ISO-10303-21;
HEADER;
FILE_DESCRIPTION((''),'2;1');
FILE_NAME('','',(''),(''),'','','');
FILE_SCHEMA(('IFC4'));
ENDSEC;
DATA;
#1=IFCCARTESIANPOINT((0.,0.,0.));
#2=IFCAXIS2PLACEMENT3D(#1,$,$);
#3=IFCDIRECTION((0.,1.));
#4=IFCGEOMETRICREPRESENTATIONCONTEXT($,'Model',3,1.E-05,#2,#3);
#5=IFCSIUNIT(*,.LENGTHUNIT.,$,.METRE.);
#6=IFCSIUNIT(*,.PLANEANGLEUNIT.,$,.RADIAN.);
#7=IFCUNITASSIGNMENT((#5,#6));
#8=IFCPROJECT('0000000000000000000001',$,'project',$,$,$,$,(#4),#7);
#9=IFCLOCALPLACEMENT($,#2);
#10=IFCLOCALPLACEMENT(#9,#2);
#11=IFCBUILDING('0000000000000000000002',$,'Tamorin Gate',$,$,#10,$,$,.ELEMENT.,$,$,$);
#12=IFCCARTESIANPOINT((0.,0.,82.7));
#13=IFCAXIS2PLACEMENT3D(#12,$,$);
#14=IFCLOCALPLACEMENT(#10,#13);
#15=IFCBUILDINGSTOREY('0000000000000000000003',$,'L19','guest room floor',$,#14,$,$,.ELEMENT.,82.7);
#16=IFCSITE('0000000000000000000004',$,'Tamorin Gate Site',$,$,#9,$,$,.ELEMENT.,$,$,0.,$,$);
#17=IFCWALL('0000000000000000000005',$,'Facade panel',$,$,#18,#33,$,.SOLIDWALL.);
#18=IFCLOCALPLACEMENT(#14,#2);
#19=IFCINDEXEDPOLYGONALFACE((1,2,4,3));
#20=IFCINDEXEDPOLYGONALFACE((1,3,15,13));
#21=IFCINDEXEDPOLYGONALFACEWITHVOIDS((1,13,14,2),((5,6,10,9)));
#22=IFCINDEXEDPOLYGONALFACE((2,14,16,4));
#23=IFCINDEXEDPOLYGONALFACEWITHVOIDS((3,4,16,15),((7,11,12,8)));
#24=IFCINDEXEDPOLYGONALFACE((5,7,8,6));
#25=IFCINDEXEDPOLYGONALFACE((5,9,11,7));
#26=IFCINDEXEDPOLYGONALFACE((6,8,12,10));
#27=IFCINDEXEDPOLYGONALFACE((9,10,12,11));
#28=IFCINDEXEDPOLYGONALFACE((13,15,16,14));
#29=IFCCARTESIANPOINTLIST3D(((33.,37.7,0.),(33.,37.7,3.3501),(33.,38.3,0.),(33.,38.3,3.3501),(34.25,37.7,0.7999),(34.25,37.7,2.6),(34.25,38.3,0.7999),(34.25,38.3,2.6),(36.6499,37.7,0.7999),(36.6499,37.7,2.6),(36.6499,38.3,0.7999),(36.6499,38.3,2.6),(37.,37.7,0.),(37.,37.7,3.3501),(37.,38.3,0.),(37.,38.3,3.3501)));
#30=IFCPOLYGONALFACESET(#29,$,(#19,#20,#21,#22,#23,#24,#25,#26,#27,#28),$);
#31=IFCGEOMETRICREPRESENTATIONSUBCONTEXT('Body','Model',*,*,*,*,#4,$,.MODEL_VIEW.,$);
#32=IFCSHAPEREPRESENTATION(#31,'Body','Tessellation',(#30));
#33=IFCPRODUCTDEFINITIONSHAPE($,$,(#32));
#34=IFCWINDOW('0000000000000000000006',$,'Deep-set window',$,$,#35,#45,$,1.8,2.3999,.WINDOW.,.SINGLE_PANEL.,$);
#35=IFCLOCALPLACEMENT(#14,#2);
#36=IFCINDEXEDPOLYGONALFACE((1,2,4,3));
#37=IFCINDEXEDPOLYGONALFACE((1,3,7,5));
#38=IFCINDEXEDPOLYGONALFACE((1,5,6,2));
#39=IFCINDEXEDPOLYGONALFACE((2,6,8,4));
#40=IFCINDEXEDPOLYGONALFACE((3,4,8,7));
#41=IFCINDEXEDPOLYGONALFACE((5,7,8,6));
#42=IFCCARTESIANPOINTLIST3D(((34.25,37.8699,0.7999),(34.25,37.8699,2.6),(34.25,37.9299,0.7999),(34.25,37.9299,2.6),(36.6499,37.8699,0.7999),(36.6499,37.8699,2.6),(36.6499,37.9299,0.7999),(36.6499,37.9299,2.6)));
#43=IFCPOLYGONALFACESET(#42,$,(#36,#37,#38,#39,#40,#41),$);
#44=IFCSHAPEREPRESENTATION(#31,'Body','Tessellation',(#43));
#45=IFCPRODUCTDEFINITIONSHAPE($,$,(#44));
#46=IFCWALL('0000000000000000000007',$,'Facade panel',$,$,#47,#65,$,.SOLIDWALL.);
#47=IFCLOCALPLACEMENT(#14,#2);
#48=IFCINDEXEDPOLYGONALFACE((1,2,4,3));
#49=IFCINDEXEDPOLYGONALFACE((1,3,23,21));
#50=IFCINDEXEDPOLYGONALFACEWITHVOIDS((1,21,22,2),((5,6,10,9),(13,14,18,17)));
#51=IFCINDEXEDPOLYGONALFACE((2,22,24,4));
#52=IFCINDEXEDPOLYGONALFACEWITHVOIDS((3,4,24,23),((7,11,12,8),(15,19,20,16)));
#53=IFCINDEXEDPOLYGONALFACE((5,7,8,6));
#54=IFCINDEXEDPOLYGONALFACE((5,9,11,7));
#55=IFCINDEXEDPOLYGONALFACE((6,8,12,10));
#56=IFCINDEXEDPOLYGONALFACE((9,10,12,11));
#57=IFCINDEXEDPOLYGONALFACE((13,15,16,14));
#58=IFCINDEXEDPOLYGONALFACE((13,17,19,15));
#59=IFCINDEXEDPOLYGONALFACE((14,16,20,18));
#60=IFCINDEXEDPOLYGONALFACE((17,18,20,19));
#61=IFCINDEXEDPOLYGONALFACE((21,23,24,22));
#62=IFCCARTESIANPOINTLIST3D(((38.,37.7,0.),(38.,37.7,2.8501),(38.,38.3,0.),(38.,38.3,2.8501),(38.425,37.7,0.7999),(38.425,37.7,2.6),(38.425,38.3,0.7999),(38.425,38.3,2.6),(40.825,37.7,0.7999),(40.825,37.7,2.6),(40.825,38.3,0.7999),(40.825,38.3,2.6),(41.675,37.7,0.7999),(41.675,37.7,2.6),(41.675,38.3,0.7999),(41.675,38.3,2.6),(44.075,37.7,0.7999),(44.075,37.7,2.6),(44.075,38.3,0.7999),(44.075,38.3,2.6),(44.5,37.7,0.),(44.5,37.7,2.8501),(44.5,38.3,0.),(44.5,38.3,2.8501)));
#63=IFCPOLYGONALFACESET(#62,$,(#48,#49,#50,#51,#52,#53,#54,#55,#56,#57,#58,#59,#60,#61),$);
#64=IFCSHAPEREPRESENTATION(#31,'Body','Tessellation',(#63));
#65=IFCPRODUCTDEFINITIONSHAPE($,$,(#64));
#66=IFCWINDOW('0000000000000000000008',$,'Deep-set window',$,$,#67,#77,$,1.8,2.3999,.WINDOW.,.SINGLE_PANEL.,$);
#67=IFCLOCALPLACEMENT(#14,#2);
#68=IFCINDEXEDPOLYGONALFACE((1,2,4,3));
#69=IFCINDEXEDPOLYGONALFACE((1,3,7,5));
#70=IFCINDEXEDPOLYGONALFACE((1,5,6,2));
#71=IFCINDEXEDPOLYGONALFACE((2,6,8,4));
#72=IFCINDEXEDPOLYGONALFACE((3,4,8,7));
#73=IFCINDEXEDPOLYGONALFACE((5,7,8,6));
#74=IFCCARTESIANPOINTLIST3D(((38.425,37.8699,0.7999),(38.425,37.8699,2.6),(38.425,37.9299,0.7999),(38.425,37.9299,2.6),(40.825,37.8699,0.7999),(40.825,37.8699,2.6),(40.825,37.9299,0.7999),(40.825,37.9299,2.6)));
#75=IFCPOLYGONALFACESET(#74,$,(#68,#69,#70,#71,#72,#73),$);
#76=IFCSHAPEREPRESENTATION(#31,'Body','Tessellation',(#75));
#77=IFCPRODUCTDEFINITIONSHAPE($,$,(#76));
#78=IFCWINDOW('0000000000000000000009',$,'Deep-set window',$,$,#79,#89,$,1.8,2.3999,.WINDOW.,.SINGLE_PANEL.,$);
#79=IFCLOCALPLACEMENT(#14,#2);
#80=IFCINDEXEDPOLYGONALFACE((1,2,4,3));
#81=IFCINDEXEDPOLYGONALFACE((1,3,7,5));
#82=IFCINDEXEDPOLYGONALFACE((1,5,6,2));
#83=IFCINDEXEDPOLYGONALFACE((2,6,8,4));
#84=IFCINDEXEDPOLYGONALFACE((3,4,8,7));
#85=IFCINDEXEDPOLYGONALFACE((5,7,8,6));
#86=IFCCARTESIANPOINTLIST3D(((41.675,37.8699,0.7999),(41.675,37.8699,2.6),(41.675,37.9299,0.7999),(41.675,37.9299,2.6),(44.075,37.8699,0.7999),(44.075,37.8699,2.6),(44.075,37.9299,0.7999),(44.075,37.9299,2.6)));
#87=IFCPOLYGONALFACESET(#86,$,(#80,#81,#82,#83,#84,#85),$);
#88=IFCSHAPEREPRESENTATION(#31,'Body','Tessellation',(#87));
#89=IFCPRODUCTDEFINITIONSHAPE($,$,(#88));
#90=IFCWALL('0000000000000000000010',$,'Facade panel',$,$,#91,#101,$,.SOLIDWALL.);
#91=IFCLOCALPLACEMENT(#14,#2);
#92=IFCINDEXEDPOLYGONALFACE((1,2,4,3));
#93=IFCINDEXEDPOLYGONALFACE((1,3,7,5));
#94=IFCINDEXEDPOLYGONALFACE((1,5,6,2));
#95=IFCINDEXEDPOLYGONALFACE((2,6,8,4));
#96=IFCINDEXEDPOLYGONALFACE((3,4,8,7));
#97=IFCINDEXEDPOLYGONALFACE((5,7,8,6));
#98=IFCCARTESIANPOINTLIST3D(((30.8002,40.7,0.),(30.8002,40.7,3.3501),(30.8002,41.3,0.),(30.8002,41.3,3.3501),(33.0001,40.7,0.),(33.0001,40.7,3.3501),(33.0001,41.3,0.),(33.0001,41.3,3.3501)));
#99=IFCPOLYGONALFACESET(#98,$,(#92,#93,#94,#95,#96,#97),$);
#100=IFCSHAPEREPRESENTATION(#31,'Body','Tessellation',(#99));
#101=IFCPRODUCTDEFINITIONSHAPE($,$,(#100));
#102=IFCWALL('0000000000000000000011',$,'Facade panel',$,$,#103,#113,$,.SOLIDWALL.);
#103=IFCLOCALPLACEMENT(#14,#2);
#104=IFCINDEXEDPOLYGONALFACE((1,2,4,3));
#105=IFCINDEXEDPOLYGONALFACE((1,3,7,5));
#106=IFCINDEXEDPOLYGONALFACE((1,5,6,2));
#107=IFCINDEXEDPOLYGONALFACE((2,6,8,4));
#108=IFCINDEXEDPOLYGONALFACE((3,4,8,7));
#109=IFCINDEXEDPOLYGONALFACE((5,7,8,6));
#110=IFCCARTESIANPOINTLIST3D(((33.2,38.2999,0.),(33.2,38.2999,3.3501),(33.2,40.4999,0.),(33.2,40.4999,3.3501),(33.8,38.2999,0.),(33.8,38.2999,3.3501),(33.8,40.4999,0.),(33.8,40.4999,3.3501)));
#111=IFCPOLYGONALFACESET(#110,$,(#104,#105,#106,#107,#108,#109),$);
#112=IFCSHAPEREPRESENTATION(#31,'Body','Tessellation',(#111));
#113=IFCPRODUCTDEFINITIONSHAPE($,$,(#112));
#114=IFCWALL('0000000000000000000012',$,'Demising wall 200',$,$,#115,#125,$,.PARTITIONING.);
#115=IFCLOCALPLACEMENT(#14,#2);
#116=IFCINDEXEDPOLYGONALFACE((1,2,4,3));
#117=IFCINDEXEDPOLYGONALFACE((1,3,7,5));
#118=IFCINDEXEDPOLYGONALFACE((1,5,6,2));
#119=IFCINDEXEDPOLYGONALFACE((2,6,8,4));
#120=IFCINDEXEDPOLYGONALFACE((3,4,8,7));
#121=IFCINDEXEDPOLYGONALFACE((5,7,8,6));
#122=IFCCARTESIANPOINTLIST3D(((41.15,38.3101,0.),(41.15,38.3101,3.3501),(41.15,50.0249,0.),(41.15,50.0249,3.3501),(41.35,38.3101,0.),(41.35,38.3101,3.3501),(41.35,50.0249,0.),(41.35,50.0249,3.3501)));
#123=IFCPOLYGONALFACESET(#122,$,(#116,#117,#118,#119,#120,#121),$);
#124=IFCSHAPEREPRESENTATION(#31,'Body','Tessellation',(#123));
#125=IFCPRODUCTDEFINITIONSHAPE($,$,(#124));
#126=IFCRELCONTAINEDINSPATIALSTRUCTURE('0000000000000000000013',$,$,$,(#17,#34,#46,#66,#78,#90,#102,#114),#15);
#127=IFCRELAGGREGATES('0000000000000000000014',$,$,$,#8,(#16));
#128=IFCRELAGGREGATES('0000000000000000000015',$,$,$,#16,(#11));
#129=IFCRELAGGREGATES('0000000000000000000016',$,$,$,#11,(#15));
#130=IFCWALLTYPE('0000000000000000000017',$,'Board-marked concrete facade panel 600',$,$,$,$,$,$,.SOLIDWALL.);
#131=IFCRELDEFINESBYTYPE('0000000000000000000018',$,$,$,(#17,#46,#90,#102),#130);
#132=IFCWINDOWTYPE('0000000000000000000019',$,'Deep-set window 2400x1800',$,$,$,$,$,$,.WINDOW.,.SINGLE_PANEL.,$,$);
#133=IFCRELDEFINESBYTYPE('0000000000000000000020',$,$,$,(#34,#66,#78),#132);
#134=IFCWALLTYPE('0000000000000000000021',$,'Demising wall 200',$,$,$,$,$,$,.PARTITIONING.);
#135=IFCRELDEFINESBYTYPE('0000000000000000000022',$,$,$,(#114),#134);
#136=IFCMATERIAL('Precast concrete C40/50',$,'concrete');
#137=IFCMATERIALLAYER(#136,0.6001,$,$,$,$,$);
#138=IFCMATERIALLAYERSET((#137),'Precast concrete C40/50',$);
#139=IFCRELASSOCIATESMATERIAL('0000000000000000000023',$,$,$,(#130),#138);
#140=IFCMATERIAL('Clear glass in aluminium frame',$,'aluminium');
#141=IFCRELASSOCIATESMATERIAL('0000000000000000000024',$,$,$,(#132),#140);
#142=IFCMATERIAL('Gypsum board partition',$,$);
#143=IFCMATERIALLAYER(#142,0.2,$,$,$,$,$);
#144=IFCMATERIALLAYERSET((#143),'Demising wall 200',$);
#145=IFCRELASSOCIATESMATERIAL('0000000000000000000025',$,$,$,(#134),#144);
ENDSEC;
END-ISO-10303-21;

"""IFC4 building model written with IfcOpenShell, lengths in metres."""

from ifc_helpers import new_model, si_unit, direction, frame, frame_2d, origin, place, context, subcontext, project, spatial, rectangle, extrude, material, layer, layer_set, type_object, element, fill, save


model = new_model("IFC4")

# Units and contexts
model_context = context("Model", 3, precision=1e-05, world=origin(), true_north=direction((0.0, 1.0)))
body_context = subcontext(model_context, "Body", "Model", "MODEL_VIEW")
ifc_project = project(units=[si_unit("LENGTHUNIT", "METRE"), si_unit("PLANEANGLEUNIT", "RADIAN")], contexts=[model_context])

# Site, building, storey
site_placement = place(None, origin())
site = spatial("IfcSite", under=ifc_project, at=site_placement, Name="Tamorin Gate Site", CompositionType="ELEMENT", RefElevation=0.0)
building_placement = place(site_placement, origin())
building = spatial("IfcBuilding", under=site, at=building_placement, Name="Tamorin Gate", CompositionType="ELEMENT")
storey_placement = place(building_placement, frame((0.0, 0.0, 82.7)))
storey = spatial("IfcBuildingStorey", under=building, at=storey_placement, Name="L19", Description="guest room floor", CompositionType="ELEMENT", Elevation=82.7)

# Wall, opening, window
ifc_material_1 = material(Name="Precast concrete C40/50", Category="concrete")
ifc_layer_1 = layer(ifc_material_1, 0.6001)
ifc_layer_set_1 = layer_set([ifc_layer_1], Name="Precast concrete C40/50")
wall_type_1 = type_object("IfcWallType", Name="Board-marked concrete facade panel 600", PredefinedType="SOLIDWALL", material=ifc_layer_set_1)
wall_1_placement = place(storey_placement, frame((33.0, 38.0, 0.0), z_axis=(0.0, 0.0, 1.0), x_axis=(1.0, 0.0, 0.0)))
wall_1 = element("IfcWall", 1, at=wall_1_placement, inside=storey, type_object=wall_type_1, Name="Facade panel", PredefinedType="SOLIDWALL", context=body_context, shape_type="SweptSolid", body=[
    extrude(rectangle(XDim=4.0, YDim=0.6001, at=frame_2d((2.0, 0.0))), origin(), (0.0, 0.0, 1.0), 3.3501),
])
opening_1_placement = place(wall_1_placement, frame((1.25, 0.0, 0.8)))
opening_1 = element("IfcOpeningElement", 2, at=opening_1_placement, cuts=wall_1, PredefinedType="OPENING", context=body_context, shape_type="SweptSolid", body=[
    extrude(rectangle(XDim=2.3999, YDim=1.8, at=frame_2d((1.2, 0.8999))), frame((0.0, 0.3101, 0.0), z_axis=(0.0, -1.0, 0.0), x_axis=(1.0, 0.0, 0.0)), (0.0, 0.0, 1.0), 0.6201),
])
ifc_material_2 = material(Name="Clear glass in aluminium frame", Category="aluminium")
window_type = type_object("IfcWindowType", Name="Deep-set window 2400x1800", PartitioningType="SINGLE_PANEL", PredefinedType="WINDOW", material=ifc_material_2)
window_1_placement = place(opening_1_placement, origin())
window_1 = element("IfcWindow", 3, at=window_1_placement, inside=storey, type_object=window_type, Name="Deep-set window", OverallHeight=1.8, OverallWidth=2.3999, PartitioningType="SINGLE_PANEL", PredefinedType="WINDOW", context=body_context, shape_type="SweptSolid", body=[
    extrude(rectangle(XDim=2.3999, YDim=1.8, at=frame_2d((1.2, 0.8999))), frame((0.0, -0.0701, 0.0), z_axis=(0.0, -1.0, 0.0), x_axis=(1.0, 0.0, 0.0)), (0.0, 0.0, 1.0), 0.0601),
])
fill(opening_1, window_1)

# Wall, openings, windows
wall_2_placement = place(storey_placement, frame((38.0, 38.0, 0.0), z_axis=(0.0, 0.0, 1.0), x_axis=(1.0, 0.0, 0.0)))
wall_2 = element("IfcWall", 4, at=wall_2_placement, inside=storey, type_object=wall_type_1, Name="Facade panel", PredefinedType="SOLIDWALL", context=body_context, shape_type="SweptSolid", body=[
    extrude(rectangle(XDim=6.5, YDim=0.6001, at=frame_2d((3.25, 0.0))), origin(), (0.0, 0.0, 1.0), 2.8501),
])
opening_2_placement = place(wall_2_placement, frame((0.425, 0.0, 0.8)))
opening_2 = element("IfcOpeningElement", 5, at=opening_2_placement, cuts=wall_2, PredefinedType="OPENING", context=body_context, shape_type="SweptSolid", body=[
    extrude(rectangle(XDim=2.3999, YDim=1.8, at=frame_2d((1.2, 0.8999))), frame((0.0, 0.3101, 0.0), z_axis=(0.0, -1.0, 0.0), x_axis=(1.0, 0.0, 0.0)), (0.0, 0.0, 1.0), 0.6201),
])
opening_3_placement = place(wall_2_placement, frame((3.675, 0.0, 0.8)))
opening_3 = element("IfcOpeningElement", 6, at=opening_3_placement, cuts=wall_2, PredefinedType="OPENING", context=body_context, shape_type="SweptSolid", body=[
    extrude(rectangle(XDim=2.3999, YDim=1.8, at=frame_2d((1.2, 0.8999))), frame((0.0, 0.3101, 0.0), z_axis=(0.0, -1.0, 0.0), x_axis=(1.0, 0.0, 0.0)), (0.0, 0.0, 1.0), 0.6201),
])
window_2_placement = place(opening_2_placement, origin())
window_2 = element("IfcWindow", 7, at=window_2_placement, inside=storey, type_object=window_type, Name="Deep-set window", OverallHeight=1.8, OverallWidth=2.3999, PartitioningType="SINGLE_PANEL", PredefinedType="WINDOW", context=body_context, shape_type="SweptSolid", body=[
    extrude(rectangle(XDim=2.3999, YDim=1.8, at=frame_2d((1.2, 0.8999))), frame((0.0, -0.0701, 0.0), z_axis=(0.0, -1.0, 0.0), x_axis=(1.0, 0.0, 0.0)), (0.0, 0.0, 1.0), 0.0601),
])
fill(opening_2, window_2)
window_3_placement = place(opening_3_placement, origin())
window_3 = element("IfcWindow", 8, at=window_3_placement, inside=storey, type_object=window_type, Name="Deep-set window", OverallHeight=1.8, OverallWidth=2.3999, PartitioningType="SINGLE_PANEL", PredefinedType="WINDOW", context=body_context, shape_type="SweptSolid", body=[
    extrude(rectangle(XDim=2.3999, YDim=1.8, at=frame_2d((1.2, 0.8999))), frame((0.0, -0.0701, 0.0), z_axis=(0.0, -1.0, 0.0), x_axis=(1.0, 0.0, 0.0)), (0.0, 0.0, 1.0), 0.0601),
])
fill(opening_3, window_3)

# Walls
for number, where, z_axis, x_axis, name in (
    (9, (30.8, 41.0, 0.0), (0.0, 0.0, 1.0), (1.0, 0.0, 0.0), "Facade panel"),
    (10, (33.5, 40.5, 0.0), (0.0, 0.0, 1.0), (0.0, -1.0, 0.0), "Facade panel"),
):
    element("IfcWall", number, at=place(storey_placement, frame(where, z_axis=z_axis, x_axis=x_axis)), inside=storey, type_object=wall_type_1, Name=name, PredefinedType="SOLIDWALL", context=body_context, shape_type="SweptSolid", body=[
        extrude(rectangle(XDim=2.2, YDim=0.6001, at=frame_2d((1.1001, 0.0))), origin(), (0.0, 0.0, 1.0), 3.3501),
    ])
ifc_material_3 = material(Name="Gypsum board partition")
ifc_layer_2 = layer(ifc_material_3, 0.2)
ifc_layer_set_2 = layer_set([ifc_layer_2], Name="Demising wall 200")
wall_type_2 = type_object("IfcWallType", Name="Demising wall 200", PredefinedType="PARTITIONING", material=ifc_layer_set_2)
wall_3_placement = place(storey_placement, frame((41.25, 38.3101, 0.0), z_axis=(0.0, 0.0, 1.0), x_axis=(0.0, 1.0, 0.0)))
element("IfcWall", 11, at=wall_3_placement, inside=storey, type_object=wall_type_2, Name="Demising wall 200", PredefinedType="PARTITIONING", context=body_context, shape_type="SweptSolid", body=[
    extrude(rectangle(XDim=11.7148, YDim=0.2, at=frame_2d((5.8574, 0.0))), origin(), (0.0, 0.0, 1.0), 3.3501),
])

save(model, "model.ifc")
